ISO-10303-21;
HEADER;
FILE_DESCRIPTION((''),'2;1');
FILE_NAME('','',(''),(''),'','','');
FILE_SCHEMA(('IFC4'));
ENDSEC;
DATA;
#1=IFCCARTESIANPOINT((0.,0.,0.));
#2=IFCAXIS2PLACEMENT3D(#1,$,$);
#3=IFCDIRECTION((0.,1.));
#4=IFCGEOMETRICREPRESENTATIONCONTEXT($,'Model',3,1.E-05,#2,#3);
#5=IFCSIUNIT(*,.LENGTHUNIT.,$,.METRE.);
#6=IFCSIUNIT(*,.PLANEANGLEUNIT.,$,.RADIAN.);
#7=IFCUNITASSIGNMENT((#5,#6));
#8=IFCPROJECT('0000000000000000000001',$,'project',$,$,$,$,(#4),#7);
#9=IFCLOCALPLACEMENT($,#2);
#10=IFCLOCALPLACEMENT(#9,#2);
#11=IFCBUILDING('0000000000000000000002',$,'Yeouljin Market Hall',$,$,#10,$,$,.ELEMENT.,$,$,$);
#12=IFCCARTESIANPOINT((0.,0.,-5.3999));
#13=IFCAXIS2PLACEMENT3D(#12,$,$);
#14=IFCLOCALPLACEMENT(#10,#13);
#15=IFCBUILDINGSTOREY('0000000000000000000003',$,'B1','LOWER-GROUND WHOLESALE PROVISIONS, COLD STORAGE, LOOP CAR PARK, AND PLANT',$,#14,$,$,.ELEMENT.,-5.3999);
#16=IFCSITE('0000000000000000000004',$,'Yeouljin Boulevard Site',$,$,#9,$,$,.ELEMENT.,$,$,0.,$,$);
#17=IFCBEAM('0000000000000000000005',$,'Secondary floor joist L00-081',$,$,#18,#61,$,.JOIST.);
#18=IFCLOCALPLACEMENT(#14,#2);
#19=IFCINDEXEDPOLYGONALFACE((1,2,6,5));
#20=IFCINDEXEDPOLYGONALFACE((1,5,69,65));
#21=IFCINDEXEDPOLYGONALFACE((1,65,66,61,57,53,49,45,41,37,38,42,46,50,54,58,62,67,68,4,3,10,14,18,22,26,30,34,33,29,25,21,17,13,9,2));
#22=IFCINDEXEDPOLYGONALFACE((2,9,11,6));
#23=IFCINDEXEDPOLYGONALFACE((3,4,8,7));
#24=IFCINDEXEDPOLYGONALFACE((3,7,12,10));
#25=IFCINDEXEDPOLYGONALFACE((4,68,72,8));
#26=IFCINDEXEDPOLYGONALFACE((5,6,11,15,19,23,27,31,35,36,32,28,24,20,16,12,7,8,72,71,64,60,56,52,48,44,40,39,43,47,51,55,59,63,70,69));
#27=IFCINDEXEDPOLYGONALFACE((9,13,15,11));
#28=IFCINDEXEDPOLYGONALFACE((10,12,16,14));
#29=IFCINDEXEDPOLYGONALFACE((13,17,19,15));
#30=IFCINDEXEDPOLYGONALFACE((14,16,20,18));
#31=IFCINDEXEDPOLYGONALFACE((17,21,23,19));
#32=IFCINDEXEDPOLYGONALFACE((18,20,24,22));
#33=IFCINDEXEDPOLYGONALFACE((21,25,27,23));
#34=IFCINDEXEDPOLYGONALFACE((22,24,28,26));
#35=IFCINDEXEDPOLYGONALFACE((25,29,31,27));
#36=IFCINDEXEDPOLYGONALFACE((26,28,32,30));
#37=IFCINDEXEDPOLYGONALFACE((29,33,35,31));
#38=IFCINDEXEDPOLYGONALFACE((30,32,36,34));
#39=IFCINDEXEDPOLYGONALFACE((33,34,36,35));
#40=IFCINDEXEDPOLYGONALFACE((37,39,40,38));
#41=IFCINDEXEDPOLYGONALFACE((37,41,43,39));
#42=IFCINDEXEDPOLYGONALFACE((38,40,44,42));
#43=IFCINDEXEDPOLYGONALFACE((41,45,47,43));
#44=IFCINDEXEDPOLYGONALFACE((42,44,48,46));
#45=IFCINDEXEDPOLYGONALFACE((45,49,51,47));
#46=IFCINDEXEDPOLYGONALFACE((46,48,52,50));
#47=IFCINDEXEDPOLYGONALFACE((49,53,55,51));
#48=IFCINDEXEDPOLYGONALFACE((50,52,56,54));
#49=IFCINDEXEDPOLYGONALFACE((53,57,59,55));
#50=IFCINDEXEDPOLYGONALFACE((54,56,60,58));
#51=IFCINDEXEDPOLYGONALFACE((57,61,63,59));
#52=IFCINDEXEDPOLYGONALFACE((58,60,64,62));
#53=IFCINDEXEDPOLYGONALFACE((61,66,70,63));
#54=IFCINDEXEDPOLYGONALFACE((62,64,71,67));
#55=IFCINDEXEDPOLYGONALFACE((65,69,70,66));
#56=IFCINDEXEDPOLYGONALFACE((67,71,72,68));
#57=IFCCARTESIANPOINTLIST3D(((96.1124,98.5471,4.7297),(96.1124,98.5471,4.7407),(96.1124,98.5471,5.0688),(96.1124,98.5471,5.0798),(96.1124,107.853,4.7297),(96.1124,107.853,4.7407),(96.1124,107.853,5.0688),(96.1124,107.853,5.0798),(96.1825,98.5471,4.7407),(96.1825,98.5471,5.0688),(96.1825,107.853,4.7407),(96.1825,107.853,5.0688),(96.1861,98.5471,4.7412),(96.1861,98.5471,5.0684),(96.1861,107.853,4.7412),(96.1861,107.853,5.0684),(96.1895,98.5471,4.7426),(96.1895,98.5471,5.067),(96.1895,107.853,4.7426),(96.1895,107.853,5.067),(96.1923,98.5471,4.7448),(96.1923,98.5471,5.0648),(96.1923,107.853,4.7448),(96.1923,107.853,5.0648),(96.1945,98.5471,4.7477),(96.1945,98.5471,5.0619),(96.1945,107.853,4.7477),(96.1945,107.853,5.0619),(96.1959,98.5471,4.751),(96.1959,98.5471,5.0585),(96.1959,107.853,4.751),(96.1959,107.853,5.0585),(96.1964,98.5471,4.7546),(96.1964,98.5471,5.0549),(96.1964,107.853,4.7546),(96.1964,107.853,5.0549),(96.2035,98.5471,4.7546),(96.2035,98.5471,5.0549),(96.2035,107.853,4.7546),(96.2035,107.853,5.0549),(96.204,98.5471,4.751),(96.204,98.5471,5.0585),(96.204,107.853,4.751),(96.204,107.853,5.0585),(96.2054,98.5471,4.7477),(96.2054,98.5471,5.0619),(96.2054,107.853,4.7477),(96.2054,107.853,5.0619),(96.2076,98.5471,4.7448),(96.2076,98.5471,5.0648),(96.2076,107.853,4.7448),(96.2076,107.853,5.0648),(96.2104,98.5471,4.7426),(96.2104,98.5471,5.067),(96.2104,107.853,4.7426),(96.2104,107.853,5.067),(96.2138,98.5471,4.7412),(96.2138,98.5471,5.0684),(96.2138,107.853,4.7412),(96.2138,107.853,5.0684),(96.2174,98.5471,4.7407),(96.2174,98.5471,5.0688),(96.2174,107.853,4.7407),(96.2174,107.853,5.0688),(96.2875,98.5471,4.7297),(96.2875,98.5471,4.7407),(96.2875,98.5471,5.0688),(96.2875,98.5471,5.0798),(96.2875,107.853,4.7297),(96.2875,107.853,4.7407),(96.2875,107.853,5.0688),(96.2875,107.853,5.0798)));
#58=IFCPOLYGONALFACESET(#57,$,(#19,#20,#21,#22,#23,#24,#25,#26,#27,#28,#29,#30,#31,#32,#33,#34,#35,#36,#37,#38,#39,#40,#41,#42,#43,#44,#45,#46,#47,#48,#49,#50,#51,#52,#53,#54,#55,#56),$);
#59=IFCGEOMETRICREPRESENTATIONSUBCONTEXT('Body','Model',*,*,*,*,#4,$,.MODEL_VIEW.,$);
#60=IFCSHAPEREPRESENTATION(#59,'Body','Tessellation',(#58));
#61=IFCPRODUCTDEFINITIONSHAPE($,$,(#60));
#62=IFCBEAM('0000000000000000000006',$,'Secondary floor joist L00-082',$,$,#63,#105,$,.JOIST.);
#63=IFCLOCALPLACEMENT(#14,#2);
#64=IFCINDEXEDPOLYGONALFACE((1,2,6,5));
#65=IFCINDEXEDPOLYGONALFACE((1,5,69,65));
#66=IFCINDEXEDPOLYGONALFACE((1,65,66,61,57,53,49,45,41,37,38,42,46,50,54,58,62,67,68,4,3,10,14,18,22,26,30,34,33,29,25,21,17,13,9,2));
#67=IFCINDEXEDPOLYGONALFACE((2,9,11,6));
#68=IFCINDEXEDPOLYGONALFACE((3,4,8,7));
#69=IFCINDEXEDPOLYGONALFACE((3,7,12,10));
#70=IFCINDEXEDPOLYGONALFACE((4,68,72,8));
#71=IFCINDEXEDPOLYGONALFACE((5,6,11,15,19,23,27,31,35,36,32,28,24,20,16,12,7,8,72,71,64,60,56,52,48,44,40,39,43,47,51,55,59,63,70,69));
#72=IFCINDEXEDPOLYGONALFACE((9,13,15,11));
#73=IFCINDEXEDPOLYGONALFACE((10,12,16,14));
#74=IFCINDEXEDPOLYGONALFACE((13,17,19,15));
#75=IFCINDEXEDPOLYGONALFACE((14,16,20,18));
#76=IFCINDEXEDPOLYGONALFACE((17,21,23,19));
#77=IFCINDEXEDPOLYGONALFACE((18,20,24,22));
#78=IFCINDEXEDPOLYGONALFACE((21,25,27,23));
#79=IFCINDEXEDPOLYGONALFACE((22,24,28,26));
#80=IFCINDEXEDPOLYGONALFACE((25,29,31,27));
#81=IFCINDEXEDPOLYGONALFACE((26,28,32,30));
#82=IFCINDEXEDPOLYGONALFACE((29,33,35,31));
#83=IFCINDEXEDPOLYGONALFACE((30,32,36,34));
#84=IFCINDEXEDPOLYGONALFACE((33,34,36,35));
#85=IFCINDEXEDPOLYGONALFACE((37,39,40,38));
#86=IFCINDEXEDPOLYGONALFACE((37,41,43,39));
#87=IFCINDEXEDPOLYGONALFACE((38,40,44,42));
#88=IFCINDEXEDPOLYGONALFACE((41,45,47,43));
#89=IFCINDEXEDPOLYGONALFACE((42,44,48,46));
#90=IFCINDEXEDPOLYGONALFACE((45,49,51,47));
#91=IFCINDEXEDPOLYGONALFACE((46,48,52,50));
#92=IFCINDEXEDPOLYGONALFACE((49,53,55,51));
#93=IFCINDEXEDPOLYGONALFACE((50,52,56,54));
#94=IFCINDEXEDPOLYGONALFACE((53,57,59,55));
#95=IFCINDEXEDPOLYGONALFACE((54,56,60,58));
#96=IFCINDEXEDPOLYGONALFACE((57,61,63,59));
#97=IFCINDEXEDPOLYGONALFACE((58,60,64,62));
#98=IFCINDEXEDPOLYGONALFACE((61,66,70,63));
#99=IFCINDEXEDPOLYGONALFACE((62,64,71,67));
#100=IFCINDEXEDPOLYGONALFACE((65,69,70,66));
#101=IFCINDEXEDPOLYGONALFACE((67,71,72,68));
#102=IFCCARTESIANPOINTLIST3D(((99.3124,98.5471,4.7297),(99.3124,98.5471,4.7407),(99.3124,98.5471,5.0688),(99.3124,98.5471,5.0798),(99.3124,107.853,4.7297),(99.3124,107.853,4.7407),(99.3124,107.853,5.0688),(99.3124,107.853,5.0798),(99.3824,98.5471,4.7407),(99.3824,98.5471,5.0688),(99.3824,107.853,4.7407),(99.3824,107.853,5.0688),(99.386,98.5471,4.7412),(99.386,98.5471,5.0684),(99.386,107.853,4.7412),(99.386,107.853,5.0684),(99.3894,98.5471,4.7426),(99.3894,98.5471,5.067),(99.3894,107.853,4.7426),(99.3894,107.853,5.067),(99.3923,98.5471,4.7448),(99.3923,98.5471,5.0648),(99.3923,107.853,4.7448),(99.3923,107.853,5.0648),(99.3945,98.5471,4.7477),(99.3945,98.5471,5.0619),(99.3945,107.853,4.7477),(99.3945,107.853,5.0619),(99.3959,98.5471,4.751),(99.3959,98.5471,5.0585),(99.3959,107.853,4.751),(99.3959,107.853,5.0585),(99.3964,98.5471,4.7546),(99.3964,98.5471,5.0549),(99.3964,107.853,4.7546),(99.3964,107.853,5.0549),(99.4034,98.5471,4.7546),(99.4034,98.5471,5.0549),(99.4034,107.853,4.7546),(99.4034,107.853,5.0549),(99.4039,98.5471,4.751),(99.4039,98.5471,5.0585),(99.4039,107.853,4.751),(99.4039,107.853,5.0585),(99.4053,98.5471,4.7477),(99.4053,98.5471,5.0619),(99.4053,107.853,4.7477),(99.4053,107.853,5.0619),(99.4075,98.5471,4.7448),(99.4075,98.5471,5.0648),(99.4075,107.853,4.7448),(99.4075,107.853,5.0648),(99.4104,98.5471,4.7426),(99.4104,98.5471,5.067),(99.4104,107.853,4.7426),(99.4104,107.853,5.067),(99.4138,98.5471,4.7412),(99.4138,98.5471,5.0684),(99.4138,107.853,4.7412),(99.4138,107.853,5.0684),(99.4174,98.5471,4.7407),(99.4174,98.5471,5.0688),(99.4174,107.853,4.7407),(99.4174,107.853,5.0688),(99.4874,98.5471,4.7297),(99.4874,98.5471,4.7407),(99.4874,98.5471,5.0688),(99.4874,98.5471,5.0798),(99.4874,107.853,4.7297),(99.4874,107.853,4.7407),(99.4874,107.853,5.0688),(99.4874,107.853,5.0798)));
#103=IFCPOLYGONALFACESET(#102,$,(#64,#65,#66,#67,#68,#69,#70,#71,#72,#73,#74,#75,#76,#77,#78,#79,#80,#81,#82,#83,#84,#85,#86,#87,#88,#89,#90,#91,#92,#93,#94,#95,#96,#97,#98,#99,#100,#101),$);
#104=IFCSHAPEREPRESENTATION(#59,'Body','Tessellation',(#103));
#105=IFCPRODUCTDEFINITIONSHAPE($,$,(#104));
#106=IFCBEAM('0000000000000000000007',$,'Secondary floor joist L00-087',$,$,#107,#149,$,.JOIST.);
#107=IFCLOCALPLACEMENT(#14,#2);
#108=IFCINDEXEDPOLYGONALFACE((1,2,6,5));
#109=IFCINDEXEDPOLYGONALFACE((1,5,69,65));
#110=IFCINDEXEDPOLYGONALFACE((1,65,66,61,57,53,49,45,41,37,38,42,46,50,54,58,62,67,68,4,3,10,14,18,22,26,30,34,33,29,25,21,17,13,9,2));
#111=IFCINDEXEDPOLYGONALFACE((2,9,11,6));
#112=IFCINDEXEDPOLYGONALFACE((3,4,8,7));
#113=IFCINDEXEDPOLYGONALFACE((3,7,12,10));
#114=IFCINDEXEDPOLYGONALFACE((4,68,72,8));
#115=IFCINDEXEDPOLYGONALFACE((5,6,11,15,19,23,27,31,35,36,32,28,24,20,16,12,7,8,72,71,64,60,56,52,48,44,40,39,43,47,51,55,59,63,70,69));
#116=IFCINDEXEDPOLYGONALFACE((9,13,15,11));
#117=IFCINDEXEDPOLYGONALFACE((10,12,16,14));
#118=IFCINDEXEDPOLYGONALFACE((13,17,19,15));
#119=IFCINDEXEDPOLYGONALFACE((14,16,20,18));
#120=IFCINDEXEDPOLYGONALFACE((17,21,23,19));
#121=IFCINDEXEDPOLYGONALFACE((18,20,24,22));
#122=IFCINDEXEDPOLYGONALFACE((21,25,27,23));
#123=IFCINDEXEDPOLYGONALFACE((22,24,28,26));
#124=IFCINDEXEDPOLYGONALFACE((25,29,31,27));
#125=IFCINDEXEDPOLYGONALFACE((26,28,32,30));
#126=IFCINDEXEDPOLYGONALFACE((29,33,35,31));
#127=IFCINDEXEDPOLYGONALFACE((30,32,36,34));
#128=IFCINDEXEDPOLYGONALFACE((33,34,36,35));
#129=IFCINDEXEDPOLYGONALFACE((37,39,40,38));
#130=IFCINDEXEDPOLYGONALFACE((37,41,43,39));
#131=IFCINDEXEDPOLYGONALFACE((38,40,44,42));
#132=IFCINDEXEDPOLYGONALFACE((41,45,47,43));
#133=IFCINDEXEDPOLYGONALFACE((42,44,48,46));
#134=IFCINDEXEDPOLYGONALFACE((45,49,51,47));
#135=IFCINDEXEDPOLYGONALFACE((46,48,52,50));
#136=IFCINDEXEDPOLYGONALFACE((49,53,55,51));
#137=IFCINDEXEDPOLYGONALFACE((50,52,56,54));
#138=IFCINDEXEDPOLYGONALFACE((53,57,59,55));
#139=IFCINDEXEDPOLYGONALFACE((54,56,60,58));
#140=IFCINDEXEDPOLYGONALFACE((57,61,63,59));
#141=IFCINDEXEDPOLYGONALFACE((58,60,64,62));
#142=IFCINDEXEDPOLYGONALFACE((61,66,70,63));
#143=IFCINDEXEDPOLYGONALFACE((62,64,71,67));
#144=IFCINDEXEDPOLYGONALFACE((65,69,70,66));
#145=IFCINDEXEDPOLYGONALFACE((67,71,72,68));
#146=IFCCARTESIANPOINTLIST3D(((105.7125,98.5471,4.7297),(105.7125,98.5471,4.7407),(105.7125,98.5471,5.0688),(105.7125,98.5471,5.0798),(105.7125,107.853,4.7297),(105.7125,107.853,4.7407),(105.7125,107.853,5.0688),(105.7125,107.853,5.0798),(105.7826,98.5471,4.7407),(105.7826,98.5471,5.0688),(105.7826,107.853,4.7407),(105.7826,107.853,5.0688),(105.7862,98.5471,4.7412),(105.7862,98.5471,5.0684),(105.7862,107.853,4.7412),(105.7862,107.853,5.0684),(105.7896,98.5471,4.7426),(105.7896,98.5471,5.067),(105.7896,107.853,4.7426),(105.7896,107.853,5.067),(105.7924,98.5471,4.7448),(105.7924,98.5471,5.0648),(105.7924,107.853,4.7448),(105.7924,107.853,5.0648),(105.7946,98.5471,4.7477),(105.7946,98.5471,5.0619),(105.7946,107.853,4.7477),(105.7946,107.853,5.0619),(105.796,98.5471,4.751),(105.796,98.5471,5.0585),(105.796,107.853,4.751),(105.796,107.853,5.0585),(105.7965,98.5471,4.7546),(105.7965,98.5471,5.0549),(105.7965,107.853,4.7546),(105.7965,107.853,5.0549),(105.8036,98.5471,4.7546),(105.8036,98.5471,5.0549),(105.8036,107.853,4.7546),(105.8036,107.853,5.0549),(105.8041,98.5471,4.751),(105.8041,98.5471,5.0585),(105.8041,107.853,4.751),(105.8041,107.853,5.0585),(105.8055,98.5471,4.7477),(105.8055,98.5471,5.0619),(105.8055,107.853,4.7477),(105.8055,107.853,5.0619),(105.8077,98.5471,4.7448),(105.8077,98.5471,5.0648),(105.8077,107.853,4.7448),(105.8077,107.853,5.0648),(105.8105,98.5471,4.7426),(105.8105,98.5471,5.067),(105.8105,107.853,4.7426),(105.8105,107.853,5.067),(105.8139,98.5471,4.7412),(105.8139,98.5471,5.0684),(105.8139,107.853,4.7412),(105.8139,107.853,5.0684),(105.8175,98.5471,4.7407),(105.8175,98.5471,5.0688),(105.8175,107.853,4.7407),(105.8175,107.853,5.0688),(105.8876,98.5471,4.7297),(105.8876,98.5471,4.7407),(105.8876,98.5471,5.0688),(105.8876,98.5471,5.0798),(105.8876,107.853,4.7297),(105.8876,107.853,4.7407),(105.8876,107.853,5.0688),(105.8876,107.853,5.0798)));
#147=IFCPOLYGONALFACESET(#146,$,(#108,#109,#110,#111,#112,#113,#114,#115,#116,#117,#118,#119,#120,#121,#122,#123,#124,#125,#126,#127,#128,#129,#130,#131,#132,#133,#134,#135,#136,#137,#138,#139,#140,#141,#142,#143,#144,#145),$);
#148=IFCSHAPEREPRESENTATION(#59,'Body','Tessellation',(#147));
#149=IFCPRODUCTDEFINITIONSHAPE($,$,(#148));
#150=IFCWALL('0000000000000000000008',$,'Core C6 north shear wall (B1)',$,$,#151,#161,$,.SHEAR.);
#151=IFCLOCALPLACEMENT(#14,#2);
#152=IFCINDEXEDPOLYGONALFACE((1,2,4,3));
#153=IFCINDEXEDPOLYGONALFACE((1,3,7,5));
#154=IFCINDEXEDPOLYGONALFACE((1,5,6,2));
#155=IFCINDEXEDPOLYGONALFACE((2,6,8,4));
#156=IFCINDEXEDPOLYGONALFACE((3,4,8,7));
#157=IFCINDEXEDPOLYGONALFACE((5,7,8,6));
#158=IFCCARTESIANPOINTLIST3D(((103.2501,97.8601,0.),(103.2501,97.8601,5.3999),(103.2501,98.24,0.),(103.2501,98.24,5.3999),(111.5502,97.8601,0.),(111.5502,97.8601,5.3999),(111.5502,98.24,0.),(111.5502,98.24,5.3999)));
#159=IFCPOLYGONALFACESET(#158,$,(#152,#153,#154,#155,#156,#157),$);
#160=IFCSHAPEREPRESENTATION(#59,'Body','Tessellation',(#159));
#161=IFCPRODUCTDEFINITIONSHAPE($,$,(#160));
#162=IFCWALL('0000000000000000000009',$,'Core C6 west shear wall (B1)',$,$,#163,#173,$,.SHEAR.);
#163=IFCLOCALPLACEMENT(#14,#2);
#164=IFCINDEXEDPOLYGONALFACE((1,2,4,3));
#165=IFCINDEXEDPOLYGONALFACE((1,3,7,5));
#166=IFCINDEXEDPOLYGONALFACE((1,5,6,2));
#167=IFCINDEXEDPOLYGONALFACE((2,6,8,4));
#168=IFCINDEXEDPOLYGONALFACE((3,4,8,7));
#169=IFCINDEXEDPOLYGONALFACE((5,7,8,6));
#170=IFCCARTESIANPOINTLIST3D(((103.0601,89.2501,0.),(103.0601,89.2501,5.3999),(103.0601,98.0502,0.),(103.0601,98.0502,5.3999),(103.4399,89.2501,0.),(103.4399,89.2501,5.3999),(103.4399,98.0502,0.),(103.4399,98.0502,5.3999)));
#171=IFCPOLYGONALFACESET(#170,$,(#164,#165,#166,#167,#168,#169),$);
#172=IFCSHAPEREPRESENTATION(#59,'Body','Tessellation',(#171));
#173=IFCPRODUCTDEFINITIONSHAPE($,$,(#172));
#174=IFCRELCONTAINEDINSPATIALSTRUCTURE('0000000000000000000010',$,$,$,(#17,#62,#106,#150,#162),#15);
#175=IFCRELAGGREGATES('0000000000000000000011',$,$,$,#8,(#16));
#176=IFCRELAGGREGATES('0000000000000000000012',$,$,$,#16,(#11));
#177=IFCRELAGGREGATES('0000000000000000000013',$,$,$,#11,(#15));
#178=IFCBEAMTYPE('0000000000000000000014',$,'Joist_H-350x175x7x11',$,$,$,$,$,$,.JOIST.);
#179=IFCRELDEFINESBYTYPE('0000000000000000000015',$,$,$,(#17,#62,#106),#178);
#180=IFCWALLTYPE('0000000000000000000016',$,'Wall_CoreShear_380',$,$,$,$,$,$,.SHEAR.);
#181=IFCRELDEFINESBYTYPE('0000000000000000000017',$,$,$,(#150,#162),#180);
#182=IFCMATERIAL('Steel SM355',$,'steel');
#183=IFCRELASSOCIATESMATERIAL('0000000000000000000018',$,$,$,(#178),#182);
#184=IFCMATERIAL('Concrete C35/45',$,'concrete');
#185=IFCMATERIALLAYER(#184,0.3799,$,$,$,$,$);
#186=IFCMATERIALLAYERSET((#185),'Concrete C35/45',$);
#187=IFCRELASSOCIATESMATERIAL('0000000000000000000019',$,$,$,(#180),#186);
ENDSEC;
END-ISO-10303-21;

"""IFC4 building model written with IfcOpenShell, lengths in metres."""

from ifc_helpers import new_model, si_unit, direction, frame, frame_2d, origin, origin_2d, place, context, subcontext, project, spatial, rectangle, i_section, extrude, material, layer, layer_set, material_profile, profile_set, type_object, element, save


model = new_model("IFC4")

# Units and contexts
model_context = context("Model", 3, precision=1e-05, world=origin(), true_north=direction((0.0, 1.0)))
body_context = subcontext(model_context, "Body", "Model", "MODEL_VIEW")
ifc_project = project(units=[si_unit("LENGTHUNIT", "METRE"), si_unit("PLANEANGLEUNIT", "RADIAN")], contexts=[model_context])

# Site, building, storey
site_placement = place(None, origin())
site = spatial("IfcSite", under=ifc_project, at=site_placement, Name="Yeouljin Boulevard Site", CompositionType="ELEMENT", RefElevation=0.0)
building_placement = place(site_placement, origin())
building = spatial("IfcBuilding", under=site, at=building_placement, Name="Yeouljin Market Hall", CompositionType="ELEMENT")
storey_placement = place(building_placement, frame((0.0, 0.0, -5.3999)))
storey = spatial("IfcBuildingStorey", under=building, at=storey_placement, Name="B1", Description="LOWER-GROUND WHOLESALE PROVISIONS, COLD STORAGE, LOOP CAR PARK, AND PLANT", CompositionType="ELEMENT", Elevation=-5.3999)

# Beams
ifc_material_1 = material(Name="Steel SM355", Category="steel")
ifc_material_profile_1 = material_profile(ifc_material_1, i_section(OverallWidth=0.175, OverallDepth=0.3501, WebThickness=0.0071, FlangeThickness=0.011, FilletRadius=0.0139, at=origin_2d()), Name="H-350x175x7x11")
ifc_profile_set_1 = profile_set([ifc_material_profile_1], Name="Steel SM355")
beam_type_1 = type_object("IfcBeamType", Name="Joist_H-350x175x7x11", PredefinedType="JOIST", material=ifc_profile_set_1)
for number, where, z_axis, x_axis, name in (
    (1, (96.2, 98.5471, 4.9048), (0.0, 1.0, 0.0), (-1.0, 0.0, 0.0), "Secondary floor joist L00-081"),
    (2, (99.3999, 98.5471, 4.9048), (0.0, 1.0, 0.0), (-1.0, 0.0, 0.0), "Secondary floor joist L00-082"),
    (3, (105.8, 98.5471, 4.9048), (0.0, 1.0, 0.0), (-1.0, 0.0, 0.0), "Secondary floor joist L00-087"),
):
    element("IfcBeam", number, at=place(storey_placement, frame(where, z_axis=z_axis, x_axis=x_axis)), inside=storey, type_object=beam_type_1, Name=name, PredefinedType="JOIST", context=body_context, shape_type="SweptSolid", body=[
        extrude(i_section(OverallWidth=0.175, OverallDepth=0.3501, WebThickness=0.0071, FlangeThickness=0.011, FilletRadius=0.0139, at=origin_2d()), origin(), (0.0, 0.0, 1.0), 9.3059),
    ])

# Walls
ifc_material_2 = material(Name="Concrete C35/45", Category="concrete")
ifc_layer_1 = layer(ifc_material_2, 0.3799)
ifc_layer_set_1 = layer_set([ifc_layer_1], Name="Concrete C35/45")
wall_type_1 = type_object("IfcWallType", Name="Wall_CoreShear_380", PredefinedType="SHEAR", material=ifc_layer_set_1)
wall_1_placement = place(storey_placement, frame((111.55, 98.05, 0.0), z_axis=(0.0, 0.0, 1.0), x_axis=(-1.0, 0.0, 0.0)))
element("IfcWall", 4, at=wall_1_placement, inside=storey, type_object=wall_type_1, Name="Core C6 north shear wall (B1)", PredefinedType="SHEAR", context=body_context, shape_type="SweptSolid", body=[
    extrude(rectangle(XDim=8.3, YDim=0.3799, at=frame_2d((4.1499, 0.0))), origin(), (0.0, 0.0, 1.0), 5.3999),
])
wall_2_placement = place(storey_placement, frame((103.25, 98.05, 0.0), z_axis=(0.0, 0.0, 1.0), x_axis=(0.0, -1.0, 0.0)))
element("IfcWall", 5, at=wall_2_placement, inside=storey, type_object=wall_type_1, Name="Core C6 west shear wall (B1)", PredefinedType="SHEAR", context=body_context, shape_type="SweptSolid", body=[
    extrude(rectangle(XDim=8.8, YDim=0.3799, at=frame_2d((4.3999, 0.0))), origin(), (0.0, 0.0, 1.0), 5.3999),
])

save(model, "model.ifc")
